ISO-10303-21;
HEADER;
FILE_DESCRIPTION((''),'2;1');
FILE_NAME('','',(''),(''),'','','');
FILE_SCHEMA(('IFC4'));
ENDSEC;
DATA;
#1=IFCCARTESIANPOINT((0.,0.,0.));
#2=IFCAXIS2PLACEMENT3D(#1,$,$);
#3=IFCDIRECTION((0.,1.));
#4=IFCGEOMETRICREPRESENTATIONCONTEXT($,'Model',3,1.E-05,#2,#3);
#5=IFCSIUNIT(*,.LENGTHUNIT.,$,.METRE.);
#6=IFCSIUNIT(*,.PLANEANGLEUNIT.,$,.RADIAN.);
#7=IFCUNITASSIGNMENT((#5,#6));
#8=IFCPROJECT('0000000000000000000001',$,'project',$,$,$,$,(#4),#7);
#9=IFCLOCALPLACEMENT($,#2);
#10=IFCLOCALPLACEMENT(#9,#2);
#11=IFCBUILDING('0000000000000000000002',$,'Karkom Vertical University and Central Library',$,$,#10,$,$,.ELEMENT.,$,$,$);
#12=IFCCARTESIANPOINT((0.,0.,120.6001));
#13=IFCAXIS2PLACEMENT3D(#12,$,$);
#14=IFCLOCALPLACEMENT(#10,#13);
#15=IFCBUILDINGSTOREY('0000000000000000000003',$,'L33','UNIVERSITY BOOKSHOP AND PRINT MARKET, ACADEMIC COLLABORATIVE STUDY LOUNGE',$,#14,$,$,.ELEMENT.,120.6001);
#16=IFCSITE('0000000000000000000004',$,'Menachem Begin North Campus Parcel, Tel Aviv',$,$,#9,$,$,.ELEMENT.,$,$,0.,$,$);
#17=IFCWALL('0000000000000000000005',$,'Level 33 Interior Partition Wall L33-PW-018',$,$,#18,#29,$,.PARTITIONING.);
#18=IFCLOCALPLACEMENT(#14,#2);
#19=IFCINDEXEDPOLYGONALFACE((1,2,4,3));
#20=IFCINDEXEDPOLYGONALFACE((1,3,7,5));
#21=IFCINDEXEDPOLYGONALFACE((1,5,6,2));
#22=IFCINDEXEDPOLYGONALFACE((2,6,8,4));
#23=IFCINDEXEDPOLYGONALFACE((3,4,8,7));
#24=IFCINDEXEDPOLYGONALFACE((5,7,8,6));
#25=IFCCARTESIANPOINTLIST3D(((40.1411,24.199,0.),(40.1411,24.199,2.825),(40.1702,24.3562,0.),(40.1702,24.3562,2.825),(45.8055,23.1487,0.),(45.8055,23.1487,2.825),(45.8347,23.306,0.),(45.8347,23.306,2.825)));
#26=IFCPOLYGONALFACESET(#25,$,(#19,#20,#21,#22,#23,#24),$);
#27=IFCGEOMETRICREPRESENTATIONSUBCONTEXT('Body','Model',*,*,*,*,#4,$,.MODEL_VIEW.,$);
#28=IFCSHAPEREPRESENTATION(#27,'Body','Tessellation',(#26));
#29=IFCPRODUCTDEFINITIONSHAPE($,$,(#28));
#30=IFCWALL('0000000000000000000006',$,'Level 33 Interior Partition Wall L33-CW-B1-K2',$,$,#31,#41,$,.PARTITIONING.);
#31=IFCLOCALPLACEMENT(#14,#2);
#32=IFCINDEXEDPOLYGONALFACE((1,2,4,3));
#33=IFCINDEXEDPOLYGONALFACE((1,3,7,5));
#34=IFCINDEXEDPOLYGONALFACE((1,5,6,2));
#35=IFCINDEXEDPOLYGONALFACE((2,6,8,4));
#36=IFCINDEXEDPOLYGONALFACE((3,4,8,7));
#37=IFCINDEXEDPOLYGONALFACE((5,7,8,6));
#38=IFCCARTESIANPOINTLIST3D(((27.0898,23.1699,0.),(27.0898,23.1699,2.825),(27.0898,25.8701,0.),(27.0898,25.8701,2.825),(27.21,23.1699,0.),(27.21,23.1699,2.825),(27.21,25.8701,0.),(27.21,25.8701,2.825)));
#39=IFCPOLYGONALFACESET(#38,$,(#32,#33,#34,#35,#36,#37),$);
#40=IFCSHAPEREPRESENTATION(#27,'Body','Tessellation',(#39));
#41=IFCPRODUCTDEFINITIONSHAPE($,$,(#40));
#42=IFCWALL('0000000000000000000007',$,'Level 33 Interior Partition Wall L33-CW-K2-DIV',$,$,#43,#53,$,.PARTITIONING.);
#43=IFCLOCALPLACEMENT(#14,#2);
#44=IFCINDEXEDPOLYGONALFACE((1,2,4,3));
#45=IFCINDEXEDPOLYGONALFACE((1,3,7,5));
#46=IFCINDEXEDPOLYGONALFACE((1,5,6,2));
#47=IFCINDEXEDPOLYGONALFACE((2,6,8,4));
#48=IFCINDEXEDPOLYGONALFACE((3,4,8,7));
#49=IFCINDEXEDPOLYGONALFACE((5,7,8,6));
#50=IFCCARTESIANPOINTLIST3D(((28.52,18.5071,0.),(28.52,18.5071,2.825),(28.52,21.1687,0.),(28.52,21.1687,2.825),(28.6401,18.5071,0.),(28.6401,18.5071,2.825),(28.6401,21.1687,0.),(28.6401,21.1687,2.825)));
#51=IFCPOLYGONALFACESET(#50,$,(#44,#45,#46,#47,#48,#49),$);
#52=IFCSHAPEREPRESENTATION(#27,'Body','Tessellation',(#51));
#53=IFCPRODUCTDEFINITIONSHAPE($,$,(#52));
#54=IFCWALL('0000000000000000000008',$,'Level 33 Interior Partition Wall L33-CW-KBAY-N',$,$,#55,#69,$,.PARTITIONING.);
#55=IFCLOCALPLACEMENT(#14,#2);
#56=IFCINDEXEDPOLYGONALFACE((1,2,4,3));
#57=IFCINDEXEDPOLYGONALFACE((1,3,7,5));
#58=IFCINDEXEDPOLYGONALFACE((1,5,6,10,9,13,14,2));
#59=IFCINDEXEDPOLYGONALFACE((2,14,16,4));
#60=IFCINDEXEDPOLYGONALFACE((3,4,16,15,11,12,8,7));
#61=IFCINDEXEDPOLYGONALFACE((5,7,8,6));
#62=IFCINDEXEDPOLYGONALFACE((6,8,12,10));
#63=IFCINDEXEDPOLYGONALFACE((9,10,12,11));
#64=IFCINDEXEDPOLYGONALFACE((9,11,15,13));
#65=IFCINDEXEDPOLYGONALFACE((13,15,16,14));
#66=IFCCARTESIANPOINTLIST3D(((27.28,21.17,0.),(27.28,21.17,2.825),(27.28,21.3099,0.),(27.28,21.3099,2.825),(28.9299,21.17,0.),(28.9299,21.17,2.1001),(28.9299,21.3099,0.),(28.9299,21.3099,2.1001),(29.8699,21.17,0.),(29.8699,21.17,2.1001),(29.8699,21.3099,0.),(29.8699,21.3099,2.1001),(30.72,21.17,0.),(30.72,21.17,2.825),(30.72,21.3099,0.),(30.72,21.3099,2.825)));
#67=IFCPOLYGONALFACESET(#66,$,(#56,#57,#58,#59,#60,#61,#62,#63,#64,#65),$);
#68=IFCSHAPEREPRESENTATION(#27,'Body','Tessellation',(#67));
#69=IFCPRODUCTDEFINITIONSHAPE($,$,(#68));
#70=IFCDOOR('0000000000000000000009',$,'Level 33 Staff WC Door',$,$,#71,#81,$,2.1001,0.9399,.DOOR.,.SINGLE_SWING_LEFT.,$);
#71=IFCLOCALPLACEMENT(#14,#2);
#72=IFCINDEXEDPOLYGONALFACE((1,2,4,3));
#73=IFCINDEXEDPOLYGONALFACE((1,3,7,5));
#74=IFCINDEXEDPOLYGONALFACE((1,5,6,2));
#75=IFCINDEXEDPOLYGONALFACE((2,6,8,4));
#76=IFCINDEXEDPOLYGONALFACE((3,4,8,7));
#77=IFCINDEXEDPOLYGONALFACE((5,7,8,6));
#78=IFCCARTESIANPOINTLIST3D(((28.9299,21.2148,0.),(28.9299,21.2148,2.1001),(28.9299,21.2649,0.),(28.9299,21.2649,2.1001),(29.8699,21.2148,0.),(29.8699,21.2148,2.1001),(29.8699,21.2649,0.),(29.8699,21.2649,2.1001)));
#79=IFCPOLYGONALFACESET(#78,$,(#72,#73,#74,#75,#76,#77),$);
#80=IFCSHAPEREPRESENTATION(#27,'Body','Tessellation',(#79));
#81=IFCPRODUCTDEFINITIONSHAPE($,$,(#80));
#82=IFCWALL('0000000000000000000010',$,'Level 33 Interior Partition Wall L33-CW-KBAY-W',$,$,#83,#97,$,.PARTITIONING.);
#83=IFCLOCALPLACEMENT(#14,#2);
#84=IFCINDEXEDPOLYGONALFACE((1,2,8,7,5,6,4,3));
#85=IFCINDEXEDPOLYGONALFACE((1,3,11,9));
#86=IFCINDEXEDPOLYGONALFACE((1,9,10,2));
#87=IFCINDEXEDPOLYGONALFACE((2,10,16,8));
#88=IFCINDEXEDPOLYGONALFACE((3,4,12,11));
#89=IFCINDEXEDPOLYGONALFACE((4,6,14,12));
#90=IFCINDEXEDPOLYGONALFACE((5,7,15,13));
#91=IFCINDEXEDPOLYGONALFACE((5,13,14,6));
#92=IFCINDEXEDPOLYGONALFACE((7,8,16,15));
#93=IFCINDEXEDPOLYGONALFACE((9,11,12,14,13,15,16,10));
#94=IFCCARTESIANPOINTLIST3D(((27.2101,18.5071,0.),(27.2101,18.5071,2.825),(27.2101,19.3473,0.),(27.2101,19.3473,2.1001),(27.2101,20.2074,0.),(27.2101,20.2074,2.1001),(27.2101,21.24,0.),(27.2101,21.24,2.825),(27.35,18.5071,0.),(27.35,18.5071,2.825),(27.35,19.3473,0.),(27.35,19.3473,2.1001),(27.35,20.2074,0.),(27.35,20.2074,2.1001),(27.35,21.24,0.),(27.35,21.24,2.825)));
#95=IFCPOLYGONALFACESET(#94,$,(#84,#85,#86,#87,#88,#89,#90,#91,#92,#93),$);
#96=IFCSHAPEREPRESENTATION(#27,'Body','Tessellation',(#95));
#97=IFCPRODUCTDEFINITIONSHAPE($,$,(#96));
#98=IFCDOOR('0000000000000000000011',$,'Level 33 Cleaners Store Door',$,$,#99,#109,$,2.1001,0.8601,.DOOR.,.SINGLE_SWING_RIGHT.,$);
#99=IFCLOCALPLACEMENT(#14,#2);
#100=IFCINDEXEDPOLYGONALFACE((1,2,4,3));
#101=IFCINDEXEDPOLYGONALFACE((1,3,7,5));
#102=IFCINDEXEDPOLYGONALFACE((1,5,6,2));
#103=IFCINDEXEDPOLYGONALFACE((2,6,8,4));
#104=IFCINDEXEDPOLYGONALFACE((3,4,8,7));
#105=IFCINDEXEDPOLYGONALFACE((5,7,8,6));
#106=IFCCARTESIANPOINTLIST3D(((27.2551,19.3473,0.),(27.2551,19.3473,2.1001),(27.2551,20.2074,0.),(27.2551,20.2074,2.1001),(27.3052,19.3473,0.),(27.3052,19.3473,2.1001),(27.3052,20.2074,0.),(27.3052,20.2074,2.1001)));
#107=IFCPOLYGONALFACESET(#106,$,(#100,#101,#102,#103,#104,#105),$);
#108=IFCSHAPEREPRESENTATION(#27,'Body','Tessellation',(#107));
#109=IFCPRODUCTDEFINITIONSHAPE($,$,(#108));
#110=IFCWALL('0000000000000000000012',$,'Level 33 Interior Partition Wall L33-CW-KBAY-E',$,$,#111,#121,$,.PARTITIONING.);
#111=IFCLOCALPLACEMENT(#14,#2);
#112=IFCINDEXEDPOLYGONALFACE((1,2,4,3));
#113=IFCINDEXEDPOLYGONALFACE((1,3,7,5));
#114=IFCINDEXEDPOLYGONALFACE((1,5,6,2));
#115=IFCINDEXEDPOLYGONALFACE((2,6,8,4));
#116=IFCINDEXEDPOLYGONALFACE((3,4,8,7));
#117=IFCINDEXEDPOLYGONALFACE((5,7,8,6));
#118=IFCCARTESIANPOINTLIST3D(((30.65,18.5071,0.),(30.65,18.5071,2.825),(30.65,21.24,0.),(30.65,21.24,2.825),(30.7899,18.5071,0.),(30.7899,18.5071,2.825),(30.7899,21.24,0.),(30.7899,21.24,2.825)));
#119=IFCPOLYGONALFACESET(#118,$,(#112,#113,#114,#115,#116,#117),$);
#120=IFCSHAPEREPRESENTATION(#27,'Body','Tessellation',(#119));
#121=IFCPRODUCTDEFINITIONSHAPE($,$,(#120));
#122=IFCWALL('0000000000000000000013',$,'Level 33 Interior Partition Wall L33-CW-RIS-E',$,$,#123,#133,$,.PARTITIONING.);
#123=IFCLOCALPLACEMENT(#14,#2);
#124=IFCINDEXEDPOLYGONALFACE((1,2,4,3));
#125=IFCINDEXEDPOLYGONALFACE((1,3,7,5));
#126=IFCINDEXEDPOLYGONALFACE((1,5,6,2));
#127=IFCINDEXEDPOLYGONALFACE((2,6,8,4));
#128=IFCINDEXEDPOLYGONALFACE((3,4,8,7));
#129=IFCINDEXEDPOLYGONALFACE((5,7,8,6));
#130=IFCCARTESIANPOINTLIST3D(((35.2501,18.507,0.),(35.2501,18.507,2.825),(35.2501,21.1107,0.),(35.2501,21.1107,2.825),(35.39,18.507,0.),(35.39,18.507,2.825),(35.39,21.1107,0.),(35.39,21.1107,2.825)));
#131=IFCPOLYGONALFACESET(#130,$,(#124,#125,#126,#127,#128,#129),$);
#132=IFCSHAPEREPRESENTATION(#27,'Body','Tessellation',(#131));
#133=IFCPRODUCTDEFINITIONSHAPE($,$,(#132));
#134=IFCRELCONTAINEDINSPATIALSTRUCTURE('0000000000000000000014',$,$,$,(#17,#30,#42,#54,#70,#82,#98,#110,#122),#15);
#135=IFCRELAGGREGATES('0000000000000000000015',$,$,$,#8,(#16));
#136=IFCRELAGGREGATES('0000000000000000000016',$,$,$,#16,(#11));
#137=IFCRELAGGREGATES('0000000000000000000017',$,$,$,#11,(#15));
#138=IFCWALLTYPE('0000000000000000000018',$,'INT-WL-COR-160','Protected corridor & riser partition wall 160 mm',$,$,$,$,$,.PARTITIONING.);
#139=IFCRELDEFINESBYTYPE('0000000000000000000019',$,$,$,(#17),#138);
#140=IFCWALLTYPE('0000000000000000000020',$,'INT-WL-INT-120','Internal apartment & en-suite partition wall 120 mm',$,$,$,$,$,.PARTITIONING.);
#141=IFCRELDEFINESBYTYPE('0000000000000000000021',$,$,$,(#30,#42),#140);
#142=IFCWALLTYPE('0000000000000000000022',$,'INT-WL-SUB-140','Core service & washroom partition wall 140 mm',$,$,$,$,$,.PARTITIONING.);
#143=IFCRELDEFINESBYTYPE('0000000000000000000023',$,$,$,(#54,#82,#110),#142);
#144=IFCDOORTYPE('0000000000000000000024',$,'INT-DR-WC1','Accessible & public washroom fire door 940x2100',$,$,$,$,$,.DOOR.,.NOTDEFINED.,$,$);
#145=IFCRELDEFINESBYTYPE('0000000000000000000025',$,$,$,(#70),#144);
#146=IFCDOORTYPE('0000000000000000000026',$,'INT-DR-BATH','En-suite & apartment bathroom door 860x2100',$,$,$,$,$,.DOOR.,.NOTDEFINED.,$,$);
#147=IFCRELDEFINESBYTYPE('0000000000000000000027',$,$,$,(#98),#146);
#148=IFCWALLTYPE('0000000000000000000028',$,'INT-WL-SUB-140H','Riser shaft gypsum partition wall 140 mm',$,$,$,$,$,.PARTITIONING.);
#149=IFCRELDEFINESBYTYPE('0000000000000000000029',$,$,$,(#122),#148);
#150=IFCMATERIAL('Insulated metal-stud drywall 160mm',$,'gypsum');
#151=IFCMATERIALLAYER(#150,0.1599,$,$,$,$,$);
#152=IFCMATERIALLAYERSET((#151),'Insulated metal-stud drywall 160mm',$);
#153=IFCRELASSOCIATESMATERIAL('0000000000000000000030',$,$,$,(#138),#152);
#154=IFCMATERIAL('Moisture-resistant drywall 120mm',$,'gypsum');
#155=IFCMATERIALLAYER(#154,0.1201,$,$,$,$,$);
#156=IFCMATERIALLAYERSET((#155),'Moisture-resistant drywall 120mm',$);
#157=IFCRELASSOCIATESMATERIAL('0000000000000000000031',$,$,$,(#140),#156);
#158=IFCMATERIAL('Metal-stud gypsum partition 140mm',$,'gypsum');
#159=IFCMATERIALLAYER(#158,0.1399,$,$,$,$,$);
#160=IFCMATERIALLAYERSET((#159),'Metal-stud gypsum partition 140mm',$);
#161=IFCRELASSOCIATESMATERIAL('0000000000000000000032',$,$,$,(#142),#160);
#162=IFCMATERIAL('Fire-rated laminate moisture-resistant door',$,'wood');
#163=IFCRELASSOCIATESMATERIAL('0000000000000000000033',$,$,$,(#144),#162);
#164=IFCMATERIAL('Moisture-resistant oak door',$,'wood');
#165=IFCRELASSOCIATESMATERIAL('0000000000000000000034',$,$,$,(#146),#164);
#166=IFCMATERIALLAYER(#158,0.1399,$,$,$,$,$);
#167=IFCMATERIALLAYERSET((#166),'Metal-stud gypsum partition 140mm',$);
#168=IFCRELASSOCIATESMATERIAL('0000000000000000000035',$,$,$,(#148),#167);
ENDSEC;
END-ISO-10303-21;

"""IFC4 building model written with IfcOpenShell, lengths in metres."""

from ifc_helpers import new_model, si_unit, direction, frame, frame_2d, origin, origin_with_axes, place, context, subcontext, project, spatial, rectangle, extrude, source, transform, mapped, material, layer, layer_set, type_object, element, fill, save


model = new_model("IFC4")

# Units and contexts
model_context = context("Model", 3, precision=1e-05, world=origin(), true_north=direction((0.0, 1.0)))
body_context = subcontext(model_context, "Body", "Model", "MODEL_VIEW")
ifc_project = project(units=[si_unit("LENGTHUNIT", "METRE"), si_unit("PLANEANGLEUNIT", "RADIAN")], contexts=[model_context])

# Site, building, storey
site_placement = place(None, origin())
site = spatial("IfcSite", under=ifc_project, at=site_placement, Name="Menachem Begin North Campus Parcel, Tel Aviv", CompositionType="ELEMENT", RefElevation=0.0)
building_placement = place(site_placement, origin())
building = spatial("IfcBuilding", under=site, at=building_placement, Name="Karkom Vertical University and Central Library", CompositionType="ELEMENT")
storey_placement = place(building_placement, frame((0.0, 0.0, 120.6001)))
storey = spatial("IfcBuildingStorey", under=building, at=storey_placement, Name="L33", Description="UNIVERSITY BOOKSHOP AND PRINT MARKET, ACADEMIC COLLABORATIVE STUDY LOUNGE", CompositionType="ELEMENT", Elevation=120.6001)

# Walls
ifc_material_1 = material(Name="Insulated metal-stud drywall 160mm", Category="gypsum")
ifc_layer_1 = layer(ifc_material_1, 0.1599)
ifc_layer_set_1 = layer_set([ifc_layer_1], Name="Insulated metal-stud drywall 160mm")
wall_type_1 = type_object("IfcWallType", Name="INT-WL-COR-160", Description="Protected corridor & riser partition wall 160 mm", PredefinedType="PARTITIONING", material=ifc_layer_set_1)
wall_1_placement = place(storey_placement, frame((40.1558, 24.2776, 0.0), z_axis=(0.0, 0.0, 1.0), x_axis=(0.983242, -0.182308, 0.0)))
element("IfcWall", 1, at=wall_1_placement, inside=storey, type_object=wall_type_1, Name="Level 33 Interior Partition Wall L33-PW-018", PredefinedType="PARTITIONING", context=body_context, shape_type="SweptSolid", body=[
    extrude(rectangle(XDim=5.761, YDim=0.1599, at=frame_2d((2.8804, 0.0))), origin(), (0.0, 0.0, 1.0), 2.825),
])
ifc_material_2 = material(Name="Moisture-resistant drywall 120mm", Category="gypsum")
ifc_layer_2 = layer(ifc_material_2, 0.1201)
ifc_layer_set_2 = layer_set([ifc_layer_2], Name="Moisture-resistant drywall 120mm")
wall_type_2 = type_object("IfcWallType", Name="INT-WL-INT-120", Description="Internal apartment & en-suite partition wall 120 mm", PredefinedType="PARTITIONING", material=ifc_layer_set_2)
wall_2_placement = place(storey_placement, frame((27.1499, 23.1699, 0.0), z_axis=(0.0, 0.0, 1.0), x_axis=(0.0, 1.0, 0.0)))
element("IfcWall", 2, at=wall_2_placement, inside=storey, type_object=wall_type_2, Name="Level 33 Interior Partition Wall L33-CW-B1-K2", PredefinedType="PARTITIONING", context=body_context, shape_type="SweptSolid", body=[
    extrude(rectangle(XDim=2.7002, YDim=0.1201, at=frame_2d((1.3501, 0.0))), origin(), (0.0, 0.0, 1.0), 2.825),
])
wall_3_placement = place(storey_placement, frame((28.5801, 18.5071, 0.0), z_axis=(0.0, 0.0, 1.0), x_axis=(0.0, 1.0, 0.0)))
element("IfcWall", 3, at=wall_3_placement, inside=storey, type_object=wall_type_2, Name="Level 33 Interior Partition Wall L33-CW-K2-DIV", PredefinedType="PARTITIONING", context=body_context, shape_type="SweptSolid", body=[
    extrude(rectangle(XDim=2.6616, YDim=0.1201, at=frame_2d((1.3308, 0.0))), origin(), (0.0, 0.0, 1.0), 2.825),
])

# Walls, openings, doors
ifc_material_3 = material(Name="Metal-stud gypsum partition 140mm", Category="gypsum")
ifc_layer_3 = layer(ifc_material_3, 0.1399)
ifc_layer_set_3 = layer_set([ifc_layer_3], Name="Metal-stud gypsum partition 140mm")
wall_type_3 = type_object("IfcWallType", Name="INT-WL-SUB-140", Description="Core service & washroom partition wall 140 mm", PredefinedType="PARTITIONING", material=ifc_layer_set_3)
wall_4_placement = place(storey_placement, frame((27.28, 21.24, 0.0), z_axis=(0.0, 0.0, 1.0), x_axis=(1.0, 0.0, 0.0)))
wall_4 = element("IfcWall", 4, at=wall_4_placement, inside=storey, type_object=wall_type_3, Name="Level 33 Interior Partition Wall L33-CW-KBAY-N", PredefinedType="PARTITIONING", context=body_context, shape_type="SweptSolid", body=[
    extrude(rectangle(XDim=3.4399, YDim=0.1399, at=frame_2d((1.72, 0.0))), origin(), (0.0, 0.0, 1.0), 2.825),
])
opening_1_placement = place(wall_4_placement, frame((1.6499, 0.0, 0.0)))
opening_1 = element("IfcOpeningElement", 5, at=opening_1_placement, cuts=wall_4, PredefinedType="OPENING", context=body_context, shape_type="SweptSolid", body=[
    extrude(rectangle(XDim=0.9399, YDim=2.1001, at=frame_2d((0.47, 1.05))), frame((0.0, 0.0801, 0.0), z_axis=(0.0, -1.0, 0.0), x_axis=(1.0, 0.0, 0.0)), (0.0, 0.0, 1.0), 0.1599),
])
ifc_material_4 = material(Name="Fire-rated laminate moisture-resistant door", Category="wood")
door_type_1 = type_object("IfcDoorType", Name="INT-DR-WC1", Description="Accessible & public washroom fire door 940x2100", OperationType="NOTDEFINED", PredefinedType="DOOR", material=ifc_material_4)
shared_shape_1 = source(origin_with_axes(), body_context, "Body", "SweptSolid", [
    extrude(rectangle(XDim=0.9399, YDim=2.1001, at=frame_2d((0.47, 1.05))), frame((0.0, 0.0249, 0.0), z_axis=(0.0, -1.0, 0.0), x_axis=(1.0, 0.0, 0.0)), (0.0, 0.0, 1.0), 0.05),
])
door_1_placement = place(opening_1_placement, origin())
door_1 = element("IfcDoor", 6, at=door_1_placement, inside=storey, type_object=door_type_1, Name="Level 33 Staff WC Door", OperationType="SINGLE_SWING_LEFT", OverallHeight=2.1001, OverallWidth=0.9399, PredefinedType="DOOR", context=body_context, shape_type="MappedRepresentation", body=[
    mapped(shared_shape_1, transform((0.0, 0.0, 0.0), scale=1.0)),
])
fill(opening_1, door_1)
wall_5_placement = place(storey_placement, frame((27.28, 18.5071, 0.0), z_axis=(0.0, 0.0, 1.0), x_axis=(0.0, 1.0, 0.0)))
wall_5 = element("IfcWall", 7, at=wall_5_placement, inside=storey, type_object=wall_type_3, Name="Level 33 Interior Partition Wall L33-CW-KBAY-W", PredefinedType="PARTITIONING", context=body_context, shape_type="SweptSolid", body=[
    extrude(rectangle(XDim=2.7329, YDim=0.1399, at=frame_2d((1.3665, 0.0))), origin(), (0.0, 0.0, 1.0), 2.825),
])
opening_2_placement = place(wall_5_placement, frame((0.8401, 0.0, 0.0)))
opening_2 = element("IfcOpeningElement", 8, at=opening_2_placement, cuts=wall_5, PredefinedType="OPENING", context=body_context, shape_type="SweptSolid", body=[
    extrude(rectangle(XDim=0.8601, YDim=2.1001, at=frame_2d((0.4302, 1.05))), frame((0.0, 0.0801, 0.0), z_axis=(0.0, -1.0, 0.0), x_axis=(1.0, 0.0, 0.0)), (0.0, 0.0, 1.0), 0.1599),
])
ifc_material_5 = material(Name="Moisture-resistant oak door", Category="wood")
door_type_2 = type_object("IfcDoorType", Name="INT-DR-BATH", Description="En-suite & apartment bathroom door 860x2100", OperationType="NOTDEFINED", PredefinedType="DOOR", material=ifc_material_5)
shared_shape_2 = source(origin_with_axes(), body_context, "Body", "SweptSolid", [
    extrude(rectangle(XDim=0.8601, YDim=2.1001, at=frame_2d((0.4302, 1.05))), frame((0.0, 0.0249, 0.0), z_axis=(0.0, -1.0, 0.0), x_axis=(1.0, 0.0, 0.0)), (0.0, 0.0, 1.0), 0.05),
])
door_2_placement = place(opening_2_placement, origin())
door_2 = element("IfcDoor", 9, at=door_2_placement, inside=storey, type_object=door_type_2, Name="Level 33 Cleaners Store Door", OperationType="SINGLE_SWING_RIGHT", OverallHeight=2.1001, OverallWidth=0.8601, PredefinedType="DOOR", context=body_context, shape_type="MappedRepresentation", body=[
    mapped(shared_shape_2, transform((0.0, 0.0, 0.0), scale=1.0)),
])
fill(opening_2, door_2)

# Walls
wall_6_placement = place(storey_placement, frame((30.72, 18.5071, 0.0), z_axis=(0.0, 0.0, 1.0), x_axis=(0.0, 1.0, 0.0)))
element("IfcWall", 10, at=wall_6_placement, inside=storey, type_object=wall_type_3, Name="Level 33 Interior Partition Wall L33-CW-KBAY-E", PredefinedType="PARTITIONING", context=body_context, shape_type="SweptSolid", body=[
    extrude(rectangle(XDim=2.7329, YDim=0.1399, at=frame_2d((1.3665, 0.0))), origin(), (0.0, 0.0, 1.0), 2.825),
])
ifc_layer_4 = layer(ifc_material_3, 0.1399)
ifc_layer_set_4 = layer_set([ifc_layer_4], Name="Metal-stud gypsum partition 140mm")
wall_type_4 = type_object("IfcWallType", Name="INT-WL-SUB-140H", Description="Riser shaft gypsum partition wall 140 mm", PredefinedType="PARTITIONING", material=ifc_layer_set_4)
wall_7_placement = place(storey_placement, frame((35.3201, 18.5071, 0.0), z_axis=(0.0, 0.0, 1.0), x_axis=(0.0, 1.0, 0.0)))
element("IfcWall", 11, at=wall_7_placement, inside=storey, type_object=wall_type_4, Name="Level 33 Interior Partition Wall L33-CW-RIS-E", PredefinedType="PARTITIONING", context=body_context, shape_type="SweptSolid", body=[
    extrude(rectangle(XDim=2.6038, YDim=0.1399, at=frame_2d((1.3018, 0.0))), origin(), (0.0, 0.0, 1.0), 2.825),
])

save(model, "model.ifc")
